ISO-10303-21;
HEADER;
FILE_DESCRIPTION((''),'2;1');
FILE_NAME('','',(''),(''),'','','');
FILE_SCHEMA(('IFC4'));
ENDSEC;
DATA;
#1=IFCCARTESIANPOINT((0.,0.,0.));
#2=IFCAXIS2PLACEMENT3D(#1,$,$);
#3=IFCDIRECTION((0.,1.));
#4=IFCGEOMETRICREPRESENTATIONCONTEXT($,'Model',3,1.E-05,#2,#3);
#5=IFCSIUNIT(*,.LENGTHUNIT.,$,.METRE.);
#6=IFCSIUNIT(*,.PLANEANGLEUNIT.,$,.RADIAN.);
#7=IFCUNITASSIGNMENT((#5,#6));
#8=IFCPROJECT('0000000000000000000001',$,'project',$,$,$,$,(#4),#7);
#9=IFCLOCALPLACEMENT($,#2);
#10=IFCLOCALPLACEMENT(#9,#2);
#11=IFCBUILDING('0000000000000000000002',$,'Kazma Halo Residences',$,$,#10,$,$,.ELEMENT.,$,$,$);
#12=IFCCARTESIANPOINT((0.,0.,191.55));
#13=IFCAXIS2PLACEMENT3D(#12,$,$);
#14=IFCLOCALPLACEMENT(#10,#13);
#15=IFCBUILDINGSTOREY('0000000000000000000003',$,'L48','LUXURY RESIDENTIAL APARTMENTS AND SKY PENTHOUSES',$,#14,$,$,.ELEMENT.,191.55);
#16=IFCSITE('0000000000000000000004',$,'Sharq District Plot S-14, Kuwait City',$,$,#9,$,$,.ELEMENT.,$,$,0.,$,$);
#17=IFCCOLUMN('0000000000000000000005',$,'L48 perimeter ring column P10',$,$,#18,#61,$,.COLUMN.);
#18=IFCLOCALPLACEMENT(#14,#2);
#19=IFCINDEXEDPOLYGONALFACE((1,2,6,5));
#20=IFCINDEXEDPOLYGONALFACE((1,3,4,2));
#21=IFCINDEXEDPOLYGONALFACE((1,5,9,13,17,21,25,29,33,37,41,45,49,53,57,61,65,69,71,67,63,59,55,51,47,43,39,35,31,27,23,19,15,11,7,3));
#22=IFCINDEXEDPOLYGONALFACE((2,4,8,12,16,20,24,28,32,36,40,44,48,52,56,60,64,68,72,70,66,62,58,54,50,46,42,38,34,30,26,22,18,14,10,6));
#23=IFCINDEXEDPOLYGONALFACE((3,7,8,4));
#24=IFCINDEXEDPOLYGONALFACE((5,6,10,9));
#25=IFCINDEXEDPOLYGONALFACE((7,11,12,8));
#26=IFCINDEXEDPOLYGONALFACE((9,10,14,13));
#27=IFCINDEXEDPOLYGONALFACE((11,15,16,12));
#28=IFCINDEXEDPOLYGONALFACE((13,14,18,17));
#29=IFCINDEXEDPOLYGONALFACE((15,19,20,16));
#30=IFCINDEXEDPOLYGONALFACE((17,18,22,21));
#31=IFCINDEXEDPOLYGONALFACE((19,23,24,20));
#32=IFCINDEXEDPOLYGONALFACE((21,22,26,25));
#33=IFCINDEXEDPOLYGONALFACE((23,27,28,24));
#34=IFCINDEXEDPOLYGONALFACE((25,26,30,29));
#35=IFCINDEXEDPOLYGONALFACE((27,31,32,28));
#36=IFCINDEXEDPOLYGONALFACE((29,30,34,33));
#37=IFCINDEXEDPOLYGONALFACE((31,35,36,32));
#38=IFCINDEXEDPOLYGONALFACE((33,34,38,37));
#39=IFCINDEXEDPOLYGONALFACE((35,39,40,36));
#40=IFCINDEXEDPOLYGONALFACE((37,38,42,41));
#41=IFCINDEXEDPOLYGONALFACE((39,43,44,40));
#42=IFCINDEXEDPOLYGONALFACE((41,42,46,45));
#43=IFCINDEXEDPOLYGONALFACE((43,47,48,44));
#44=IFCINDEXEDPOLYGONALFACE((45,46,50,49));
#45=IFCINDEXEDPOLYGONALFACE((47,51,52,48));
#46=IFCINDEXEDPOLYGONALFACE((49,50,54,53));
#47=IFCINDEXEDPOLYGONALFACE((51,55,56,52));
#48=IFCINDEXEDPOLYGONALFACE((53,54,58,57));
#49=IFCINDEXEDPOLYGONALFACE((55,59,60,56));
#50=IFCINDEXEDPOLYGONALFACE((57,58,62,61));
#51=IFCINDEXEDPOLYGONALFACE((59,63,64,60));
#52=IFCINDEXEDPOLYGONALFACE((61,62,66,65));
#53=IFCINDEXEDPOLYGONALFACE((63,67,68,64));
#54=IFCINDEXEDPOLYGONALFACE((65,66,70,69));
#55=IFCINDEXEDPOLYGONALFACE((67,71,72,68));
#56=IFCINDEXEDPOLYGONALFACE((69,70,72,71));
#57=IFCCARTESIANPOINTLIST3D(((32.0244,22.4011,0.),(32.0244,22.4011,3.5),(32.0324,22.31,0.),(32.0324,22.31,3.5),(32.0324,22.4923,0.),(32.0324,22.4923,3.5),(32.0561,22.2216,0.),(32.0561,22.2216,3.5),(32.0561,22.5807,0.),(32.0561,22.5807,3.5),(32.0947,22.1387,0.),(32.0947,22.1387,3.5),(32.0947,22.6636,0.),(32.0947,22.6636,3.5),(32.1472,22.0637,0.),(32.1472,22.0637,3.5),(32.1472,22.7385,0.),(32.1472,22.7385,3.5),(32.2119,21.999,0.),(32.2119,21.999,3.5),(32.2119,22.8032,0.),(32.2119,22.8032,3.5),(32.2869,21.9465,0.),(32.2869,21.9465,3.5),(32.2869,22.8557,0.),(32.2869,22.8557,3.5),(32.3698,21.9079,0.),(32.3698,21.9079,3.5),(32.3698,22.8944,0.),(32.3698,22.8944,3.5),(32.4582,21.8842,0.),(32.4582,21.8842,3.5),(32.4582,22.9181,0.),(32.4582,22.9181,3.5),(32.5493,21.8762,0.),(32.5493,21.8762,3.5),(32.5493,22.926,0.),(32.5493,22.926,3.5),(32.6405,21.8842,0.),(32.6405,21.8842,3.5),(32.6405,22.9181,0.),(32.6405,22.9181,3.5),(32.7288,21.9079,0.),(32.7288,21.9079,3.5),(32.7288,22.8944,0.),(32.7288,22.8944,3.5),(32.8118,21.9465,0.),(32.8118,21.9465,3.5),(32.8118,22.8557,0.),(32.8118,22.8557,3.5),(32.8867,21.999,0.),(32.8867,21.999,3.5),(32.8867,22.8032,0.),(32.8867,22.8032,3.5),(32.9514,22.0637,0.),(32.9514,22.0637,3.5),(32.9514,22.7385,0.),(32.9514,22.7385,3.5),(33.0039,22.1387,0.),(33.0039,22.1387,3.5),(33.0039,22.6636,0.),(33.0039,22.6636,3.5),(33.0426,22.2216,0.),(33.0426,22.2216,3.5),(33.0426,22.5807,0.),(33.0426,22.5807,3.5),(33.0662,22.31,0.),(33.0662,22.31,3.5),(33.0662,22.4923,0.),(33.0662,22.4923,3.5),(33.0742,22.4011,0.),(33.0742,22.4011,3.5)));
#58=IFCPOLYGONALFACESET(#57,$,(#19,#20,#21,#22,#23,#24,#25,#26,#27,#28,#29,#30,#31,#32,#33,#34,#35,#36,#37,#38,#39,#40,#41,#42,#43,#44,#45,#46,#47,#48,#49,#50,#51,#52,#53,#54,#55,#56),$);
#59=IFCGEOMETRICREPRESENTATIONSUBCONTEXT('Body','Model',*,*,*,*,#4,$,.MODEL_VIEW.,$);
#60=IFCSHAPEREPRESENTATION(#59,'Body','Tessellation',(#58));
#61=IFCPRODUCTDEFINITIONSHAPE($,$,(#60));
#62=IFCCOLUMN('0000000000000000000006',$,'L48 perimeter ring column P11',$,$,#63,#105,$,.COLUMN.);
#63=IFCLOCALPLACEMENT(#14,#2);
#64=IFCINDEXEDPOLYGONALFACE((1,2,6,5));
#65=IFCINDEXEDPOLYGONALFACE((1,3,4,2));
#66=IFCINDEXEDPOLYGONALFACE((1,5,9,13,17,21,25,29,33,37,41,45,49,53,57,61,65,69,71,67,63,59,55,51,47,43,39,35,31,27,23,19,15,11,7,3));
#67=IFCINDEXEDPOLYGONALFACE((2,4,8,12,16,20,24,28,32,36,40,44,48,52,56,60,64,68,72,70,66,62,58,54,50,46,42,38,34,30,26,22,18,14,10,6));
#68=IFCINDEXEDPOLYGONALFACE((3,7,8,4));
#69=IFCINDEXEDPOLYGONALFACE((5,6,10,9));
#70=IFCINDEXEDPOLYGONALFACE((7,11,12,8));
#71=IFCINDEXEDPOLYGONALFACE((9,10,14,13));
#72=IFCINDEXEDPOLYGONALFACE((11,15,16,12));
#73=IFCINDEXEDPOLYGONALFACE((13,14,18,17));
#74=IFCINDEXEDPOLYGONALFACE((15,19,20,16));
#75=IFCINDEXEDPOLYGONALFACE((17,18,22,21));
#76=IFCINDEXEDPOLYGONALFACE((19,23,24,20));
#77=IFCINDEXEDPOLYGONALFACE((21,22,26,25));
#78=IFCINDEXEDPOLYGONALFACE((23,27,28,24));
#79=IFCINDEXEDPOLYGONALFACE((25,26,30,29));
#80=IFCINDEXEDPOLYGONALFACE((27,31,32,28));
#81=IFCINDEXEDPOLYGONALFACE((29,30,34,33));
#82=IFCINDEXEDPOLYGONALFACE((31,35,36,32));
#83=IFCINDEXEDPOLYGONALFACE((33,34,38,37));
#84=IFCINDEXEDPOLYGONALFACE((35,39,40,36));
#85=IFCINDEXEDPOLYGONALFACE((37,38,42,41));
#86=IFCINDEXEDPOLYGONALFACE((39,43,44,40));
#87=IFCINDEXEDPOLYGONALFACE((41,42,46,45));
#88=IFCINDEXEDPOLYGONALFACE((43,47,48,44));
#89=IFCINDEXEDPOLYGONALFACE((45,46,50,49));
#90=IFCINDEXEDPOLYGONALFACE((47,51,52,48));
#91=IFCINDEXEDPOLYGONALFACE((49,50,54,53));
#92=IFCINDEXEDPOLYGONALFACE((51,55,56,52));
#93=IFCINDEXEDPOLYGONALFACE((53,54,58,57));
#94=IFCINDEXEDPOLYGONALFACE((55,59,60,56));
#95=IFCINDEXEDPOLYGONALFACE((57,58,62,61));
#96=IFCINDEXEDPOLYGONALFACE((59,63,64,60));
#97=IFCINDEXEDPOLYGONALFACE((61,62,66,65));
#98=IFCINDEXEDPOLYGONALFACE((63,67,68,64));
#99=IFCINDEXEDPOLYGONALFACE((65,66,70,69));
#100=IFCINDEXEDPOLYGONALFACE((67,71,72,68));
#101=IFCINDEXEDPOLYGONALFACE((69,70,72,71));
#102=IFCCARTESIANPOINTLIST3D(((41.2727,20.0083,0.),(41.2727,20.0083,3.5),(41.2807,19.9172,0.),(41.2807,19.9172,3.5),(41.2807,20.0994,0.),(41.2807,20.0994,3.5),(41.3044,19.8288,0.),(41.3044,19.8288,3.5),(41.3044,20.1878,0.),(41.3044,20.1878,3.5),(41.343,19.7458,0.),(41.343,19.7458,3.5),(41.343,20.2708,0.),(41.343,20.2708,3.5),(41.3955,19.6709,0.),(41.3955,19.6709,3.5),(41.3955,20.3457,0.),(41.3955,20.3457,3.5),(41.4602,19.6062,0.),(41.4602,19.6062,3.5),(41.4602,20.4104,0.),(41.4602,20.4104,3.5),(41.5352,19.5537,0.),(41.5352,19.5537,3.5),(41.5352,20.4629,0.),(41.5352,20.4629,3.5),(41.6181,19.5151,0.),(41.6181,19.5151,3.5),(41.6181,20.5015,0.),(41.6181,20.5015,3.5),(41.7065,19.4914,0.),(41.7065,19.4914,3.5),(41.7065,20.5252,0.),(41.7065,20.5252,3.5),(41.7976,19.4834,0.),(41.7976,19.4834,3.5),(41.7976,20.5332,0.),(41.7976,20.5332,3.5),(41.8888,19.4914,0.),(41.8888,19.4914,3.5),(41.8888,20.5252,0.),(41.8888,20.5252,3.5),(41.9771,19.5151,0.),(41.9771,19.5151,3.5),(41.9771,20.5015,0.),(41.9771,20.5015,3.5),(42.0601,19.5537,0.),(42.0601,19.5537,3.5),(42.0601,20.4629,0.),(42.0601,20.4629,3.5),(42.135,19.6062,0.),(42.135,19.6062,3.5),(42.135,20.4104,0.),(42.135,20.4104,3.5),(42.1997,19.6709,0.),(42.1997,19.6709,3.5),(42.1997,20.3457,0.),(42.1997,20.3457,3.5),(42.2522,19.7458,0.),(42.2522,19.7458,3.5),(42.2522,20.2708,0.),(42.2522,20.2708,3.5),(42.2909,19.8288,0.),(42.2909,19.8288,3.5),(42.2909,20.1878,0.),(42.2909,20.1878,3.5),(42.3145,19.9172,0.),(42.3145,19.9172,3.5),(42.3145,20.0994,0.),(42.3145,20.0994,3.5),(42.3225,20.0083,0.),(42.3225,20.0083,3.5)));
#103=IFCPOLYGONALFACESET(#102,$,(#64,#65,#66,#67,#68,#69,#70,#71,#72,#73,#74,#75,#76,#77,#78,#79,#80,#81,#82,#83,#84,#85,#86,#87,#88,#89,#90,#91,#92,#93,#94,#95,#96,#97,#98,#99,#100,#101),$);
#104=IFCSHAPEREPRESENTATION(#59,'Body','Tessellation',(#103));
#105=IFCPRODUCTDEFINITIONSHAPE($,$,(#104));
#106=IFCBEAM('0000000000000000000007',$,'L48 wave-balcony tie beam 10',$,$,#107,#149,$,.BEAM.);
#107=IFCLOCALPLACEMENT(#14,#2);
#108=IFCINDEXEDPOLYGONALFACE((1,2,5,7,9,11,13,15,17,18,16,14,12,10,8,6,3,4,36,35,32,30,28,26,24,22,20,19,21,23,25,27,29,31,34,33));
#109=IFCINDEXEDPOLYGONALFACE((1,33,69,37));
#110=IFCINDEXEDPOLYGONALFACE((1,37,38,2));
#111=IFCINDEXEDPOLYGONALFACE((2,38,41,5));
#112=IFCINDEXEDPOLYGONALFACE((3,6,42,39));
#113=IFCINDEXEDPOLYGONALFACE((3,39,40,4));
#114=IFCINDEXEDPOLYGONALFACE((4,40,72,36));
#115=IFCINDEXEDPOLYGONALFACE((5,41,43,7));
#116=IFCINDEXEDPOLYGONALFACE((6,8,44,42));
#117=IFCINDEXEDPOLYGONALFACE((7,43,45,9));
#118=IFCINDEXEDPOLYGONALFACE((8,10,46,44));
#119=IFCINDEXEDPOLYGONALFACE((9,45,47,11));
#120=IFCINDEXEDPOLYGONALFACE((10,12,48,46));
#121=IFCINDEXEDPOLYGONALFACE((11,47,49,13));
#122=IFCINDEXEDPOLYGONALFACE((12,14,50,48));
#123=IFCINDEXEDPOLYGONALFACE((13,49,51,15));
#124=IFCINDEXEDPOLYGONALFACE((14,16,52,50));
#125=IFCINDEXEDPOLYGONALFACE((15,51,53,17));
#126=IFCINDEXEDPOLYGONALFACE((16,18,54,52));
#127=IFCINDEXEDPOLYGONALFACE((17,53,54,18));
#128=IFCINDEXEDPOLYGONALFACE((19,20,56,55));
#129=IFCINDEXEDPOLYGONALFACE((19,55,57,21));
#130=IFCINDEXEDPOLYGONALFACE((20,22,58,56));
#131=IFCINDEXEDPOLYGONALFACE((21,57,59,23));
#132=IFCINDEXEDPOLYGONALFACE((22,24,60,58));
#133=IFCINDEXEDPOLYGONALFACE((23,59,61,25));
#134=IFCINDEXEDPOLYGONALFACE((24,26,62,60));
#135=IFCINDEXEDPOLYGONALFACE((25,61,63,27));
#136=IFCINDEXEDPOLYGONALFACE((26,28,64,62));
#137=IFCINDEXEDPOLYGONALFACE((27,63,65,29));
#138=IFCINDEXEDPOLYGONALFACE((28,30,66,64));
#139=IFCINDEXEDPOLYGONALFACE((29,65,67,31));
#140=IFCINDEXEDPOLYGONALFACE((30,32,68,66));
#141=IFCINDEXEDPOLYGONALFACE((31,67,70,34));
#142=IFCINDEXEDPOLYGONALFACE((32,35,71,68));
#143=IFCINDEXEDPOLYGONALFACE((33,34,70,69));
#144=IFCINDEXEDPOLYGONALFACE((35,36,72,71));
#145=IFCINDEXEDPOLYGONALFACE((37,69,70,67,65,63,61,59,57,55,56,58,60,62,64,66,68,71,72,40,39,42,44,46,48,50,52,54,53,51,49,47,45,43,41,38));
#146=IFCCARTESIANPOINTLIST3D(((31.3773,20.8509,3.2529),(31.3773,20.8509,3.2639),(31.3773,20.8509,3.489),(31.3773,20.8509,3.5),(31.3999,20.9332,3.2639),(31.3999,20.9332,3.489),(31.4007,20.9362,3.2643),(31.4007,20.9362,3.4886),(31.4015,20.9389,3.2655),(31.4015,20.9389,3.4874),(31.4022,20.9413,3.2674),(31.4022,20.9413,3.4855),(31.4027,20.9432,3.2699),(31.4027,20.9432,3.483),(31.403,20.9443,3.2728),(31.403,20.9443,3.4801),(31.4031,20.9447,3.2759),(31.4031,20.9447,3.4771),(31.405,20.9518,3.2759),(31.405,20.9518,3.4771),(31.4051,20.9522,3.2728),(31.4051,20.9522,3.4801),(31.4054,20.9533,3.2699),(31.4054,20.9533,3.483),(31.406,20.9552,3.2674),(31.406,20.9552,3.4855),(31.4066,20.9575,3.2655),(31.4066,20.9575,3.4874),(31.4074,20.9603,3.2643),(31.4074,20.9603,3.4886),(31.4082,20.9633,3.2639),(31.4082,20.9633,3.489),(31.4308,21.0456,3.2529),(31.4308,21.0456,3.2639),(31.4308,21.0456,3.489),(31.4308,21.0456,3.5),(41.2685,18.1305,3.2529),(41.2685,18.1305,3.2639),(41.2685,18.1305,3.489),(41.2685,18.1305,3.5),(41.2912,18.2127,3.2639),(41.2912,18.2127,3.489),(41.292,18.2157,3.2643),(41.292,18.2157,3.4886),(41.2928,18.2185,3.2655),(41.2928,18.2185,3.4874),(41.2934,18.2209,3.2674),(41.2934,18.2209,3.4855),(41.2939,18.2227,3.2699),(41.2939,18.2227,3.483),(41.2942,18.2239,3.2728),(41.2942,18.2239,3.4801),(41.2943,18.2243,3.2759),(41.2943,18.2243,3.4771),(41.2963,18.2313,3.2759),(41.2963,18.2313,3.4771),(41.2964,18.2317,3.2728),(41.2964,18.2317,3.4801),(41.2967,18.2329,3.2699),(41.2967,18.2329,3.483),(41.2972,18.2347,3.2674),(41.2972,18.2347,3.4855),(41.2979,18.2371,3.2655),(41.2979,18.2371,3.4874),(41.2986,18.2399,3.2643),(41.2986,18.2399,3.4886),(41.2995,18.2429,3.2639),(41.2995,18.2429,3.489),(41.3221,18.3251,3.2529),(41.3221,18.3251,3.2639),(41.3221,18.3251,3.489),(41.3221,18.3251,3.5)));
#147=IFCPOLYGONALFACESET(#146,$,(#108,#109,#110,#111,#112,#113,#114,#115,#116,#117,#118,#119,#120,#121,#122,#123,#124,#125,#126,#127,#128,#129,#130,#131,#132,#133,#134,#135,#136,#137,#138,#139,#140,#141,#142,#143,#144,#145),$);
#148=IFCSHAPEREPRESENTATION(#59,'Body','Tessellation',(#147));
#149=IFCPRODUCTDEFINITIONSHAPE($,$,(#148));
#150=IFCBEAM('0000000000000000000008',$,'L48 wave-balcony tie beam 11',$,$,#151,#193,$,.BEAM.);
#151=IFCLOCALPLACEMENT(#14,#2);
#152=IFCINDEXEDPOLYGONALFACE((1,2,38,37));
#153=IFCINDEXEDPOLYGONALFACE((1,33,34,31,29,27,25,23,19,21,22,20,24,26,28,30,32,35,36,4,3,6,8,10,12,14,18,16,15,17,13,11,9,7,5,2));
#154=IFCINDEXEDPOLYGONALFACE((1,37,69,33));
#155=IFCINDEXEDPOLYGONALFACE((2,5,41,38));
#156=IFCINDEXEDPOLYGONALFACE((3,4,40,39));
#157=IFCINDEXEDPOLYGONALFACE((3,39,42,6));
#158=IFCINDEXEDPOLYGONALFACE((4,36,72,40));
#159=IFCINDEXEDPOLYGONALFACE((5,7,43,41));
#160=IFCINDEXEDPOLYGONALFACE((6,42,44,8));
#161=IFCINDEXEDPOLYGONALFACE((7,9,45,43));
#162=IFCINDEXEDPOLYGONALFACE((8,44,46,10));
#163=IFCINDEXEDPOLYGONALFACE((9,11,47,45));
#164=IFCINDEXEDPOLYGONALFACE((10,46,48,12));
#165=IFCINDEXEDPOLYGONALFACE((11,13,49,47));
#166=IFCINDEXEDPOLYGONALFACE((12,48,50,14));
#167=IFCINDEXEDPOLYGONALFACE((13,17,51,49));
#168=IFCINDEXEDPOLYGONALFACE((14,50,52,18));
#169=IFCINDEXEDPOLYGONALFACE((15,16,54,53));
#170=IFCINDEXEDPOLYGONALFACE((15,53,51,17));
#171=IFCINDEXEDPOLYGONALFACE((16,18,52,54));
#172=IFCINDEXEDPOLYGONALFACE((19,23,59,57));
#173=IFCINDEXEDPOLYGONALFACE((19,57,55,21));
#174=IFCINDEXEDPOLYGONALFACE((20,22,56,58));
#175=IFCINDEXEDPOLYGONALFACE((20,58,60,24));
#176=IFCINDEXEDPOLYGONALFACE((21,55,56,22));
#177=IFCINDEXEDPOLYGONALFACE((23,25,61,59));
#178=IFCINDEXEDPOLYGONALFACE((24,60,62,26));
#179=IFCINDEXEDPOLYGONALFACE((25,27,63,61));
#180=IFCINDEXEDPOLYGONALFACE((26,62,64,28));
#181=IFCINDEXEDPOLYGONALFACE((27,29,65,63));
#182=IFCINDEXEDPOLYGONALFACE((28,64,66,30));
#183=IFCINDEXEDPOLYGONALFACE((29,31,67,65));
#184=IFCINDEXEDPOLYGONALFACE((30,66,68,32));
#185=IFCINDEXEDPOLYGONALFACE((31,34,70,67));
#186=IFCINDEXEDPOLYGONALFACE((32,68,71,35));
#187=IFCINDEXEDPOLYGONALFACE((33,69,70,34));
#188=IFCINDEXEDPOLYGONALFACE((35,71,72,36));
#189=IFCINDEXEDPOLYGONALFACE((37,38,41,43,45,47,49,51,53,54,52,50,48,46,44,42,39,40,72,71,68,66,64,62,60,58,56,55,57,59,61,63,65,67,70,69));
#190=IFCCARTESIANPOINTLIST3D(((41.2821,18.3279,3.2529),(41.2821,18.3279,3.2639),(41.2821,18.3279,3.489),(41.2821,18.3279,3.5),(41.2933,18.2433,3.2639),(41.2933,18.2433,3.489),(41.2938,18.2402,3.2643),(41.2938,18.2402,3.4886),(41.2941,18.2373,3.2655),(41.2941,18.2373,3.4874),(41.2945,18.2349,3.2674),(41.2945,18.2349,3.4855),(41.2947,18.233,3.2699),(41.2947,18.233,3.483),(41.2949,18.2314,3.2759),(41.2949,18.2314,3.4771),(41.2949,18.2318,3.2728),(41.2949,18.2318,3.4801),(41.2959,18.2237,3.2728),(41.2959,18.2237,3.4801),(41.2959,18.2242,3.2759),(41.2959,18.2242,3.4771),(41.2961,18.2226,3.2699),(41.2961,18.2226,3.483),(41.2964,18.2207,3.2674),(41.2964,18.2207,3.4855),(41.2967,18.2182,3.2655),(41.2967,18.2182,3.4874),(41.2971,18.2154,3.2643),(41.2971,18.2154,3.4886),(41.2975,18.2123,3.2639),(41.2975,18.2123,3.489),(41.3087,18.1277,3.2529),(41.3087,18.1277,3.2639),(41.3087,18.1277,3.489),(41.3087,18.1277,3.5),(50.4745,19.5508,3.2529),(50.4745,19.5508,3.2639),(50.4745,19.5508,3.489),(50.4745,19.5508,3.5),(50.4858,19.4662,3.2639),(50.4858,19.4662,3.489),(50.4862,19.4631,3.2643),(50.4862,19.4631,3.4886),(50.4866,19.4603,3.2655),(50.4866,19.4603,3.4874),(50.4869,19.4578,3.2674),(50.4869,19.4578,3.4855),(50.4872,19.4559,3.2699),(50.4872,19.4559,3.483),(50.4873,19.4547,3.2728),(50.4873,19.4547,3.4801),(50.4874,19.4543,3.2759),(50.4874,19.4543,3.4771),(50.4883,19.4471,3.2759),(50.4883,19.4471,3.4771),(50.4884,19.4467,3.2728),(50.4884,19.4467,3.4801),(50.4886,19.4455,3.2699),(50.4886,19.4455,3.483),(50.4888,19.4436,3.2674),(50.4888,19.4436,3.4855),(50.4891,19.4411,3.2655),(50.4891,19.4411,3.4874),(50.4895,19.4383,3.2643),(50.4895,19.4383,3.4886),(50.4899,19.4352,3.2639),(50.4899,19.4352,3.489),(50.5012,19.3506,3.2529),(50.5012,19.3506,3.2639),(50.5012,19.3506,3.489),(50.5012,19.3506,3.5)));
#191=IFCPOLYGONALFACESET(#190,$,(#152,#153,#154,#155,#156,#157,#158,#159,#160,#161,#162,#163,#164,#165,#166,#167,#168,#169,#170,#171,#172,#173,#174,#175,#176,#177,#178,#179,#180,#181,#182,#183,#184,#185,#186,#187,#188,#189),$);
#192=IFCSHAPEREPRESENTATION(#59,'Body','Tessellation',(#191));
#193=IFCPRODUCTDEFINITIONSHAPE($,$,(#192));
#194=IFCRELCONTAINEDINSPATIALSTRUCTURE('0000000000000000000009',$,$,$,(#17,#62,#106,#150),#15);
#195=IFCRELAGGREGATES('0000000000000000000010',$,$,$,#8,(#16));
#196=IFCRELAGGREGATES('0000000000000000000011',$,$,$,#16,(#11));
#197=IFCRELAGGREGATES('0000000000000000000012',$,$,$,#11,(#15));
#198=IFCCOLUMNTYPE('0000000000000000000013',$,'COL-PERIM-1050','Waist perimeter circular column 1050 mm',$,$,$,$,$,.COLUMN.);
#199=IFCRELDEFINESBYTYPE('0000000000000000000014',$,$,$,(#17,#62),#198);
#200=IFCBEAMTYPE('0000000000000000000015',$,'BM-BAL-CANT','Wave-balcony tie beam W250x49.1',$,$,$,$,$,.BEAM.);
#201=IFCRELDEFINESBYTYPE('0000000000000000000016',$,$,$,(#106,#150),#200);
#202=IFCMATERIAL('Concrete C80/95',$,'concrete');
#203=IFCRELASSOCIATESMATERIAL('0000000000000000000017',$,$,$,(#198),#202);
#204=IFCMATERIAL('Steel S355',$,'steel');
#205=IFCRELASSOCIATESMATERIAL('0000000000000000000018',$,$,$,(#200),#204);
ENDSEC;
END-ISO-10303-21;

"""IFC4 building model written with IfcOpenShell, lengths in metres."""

from ifc_helpers import new_model, si_unit, direction, frame, origin, origin_2d, place, context, subcontext, project, spatial, circle, i_section, extrude, material, material_profile, profile_set, type_object, element, save


model = new_model("IFC4")

# Units and contexts
model_context = context("Model", 3, precision=1e-05, world=origin(), true_north=direction((0.0, 1.0)))
body_context = subcontext(model_context, "Body", "Model", "MODEL_VIEW")
ifc_project = project(units=[si_unit("LENGTHUNIT", "METRE"), si_unit("PLANEANGLEUNIT", "RADIAN")], contexts=[model_context])

# Site, building, storey
site_placement = place(None, origin())
site = spatial("IfcSite", under=ifc_project, at=site_placement, Name="Sharq District Plot S-14, Kuwait City", CompositionType="ELEMENT", RefElevation=0.0)
building_placement = place(site_placement, origin())
building = spatial("IfcBuilding", under=site, at=building_placement, Name="Kazma Halo Residences", CompositionType="ELEMENT")
storey_placement = place(building_placement, frame((0.0, 0.0, 191.55)))
storey = spatial("IfcBuildingStorey", under=building, at=storey_placement, Name="L48", Description="LUXURY RESIDENTIAL APARTMENTS AND SKY PENTHOUSES", CompositionType="ELEMENT", Elevation=191.55)

# Columns
ifc_material_1 = material(Name="Concrete C80/95", Category="concrete")
ifc_material_profile_1 = material_profile(ifc_material_1, circle(Radius=0.5249, at=origin_2d()), Name="CIRC1050")
ifc_profile_set_1 = profile_set([ifc_material_profile_1], Name="Concrete C80/95")
column_type = type_object("IfcColumnType", Name="COL-PERIM-1050", Description="Waist perimeter circular column 1050 mm", PredefinedType="COLUMN", material=ifc_profile_set_1)
for number, where, z_axis, x_axis, name in (
    (1, (32.5493, 22.4011, 0.0), (0.0, 0.0, 1.0), (1.0, 0.0, 0.0), "L48 perimeter ring column P10"),
    (2, (41.7976, 20.0083, 0.0), (0.0, 0.0, 1.0), (1.0, 0.0, 0.0), "L48 perimeter ring column P11"),
):
    element("IfcColumn", number, at=place(storey_placement, frame(where, z_axis=z_axis, x_axis=x_axis)), inside=storey, type_object=column_type, Name=name, PredefinedType="COLUMN", context=body_context, shape_type="SweptSolid", body=[
        extrude(circle(Radius=0.5249, at=origin_2d()), origin(), (0.0, 0.0, 1.0), 3.5),
    ])

# Beams
ifc_material_2 = material(Name="Steel S355", Category="steel")
ifc_material_profile_2 = material_profile(ifc_material_2, i_section(OverallWidth=0.2019, OverallDepth=0.2471, WebThickness=0.0073, FlangeThickness=0.011, FilletRadius=0.012, at=origin_2d()), Name="W250x49.1")
ifc_profile_set_2 = profile_set([ifc_material_profile_2], Name="Steel S355")
beam_type_1 = type_object("IfcBeamType", Name="BM-BAL-CANT", Description="Wave-balcony tie beam W250x49.1", PredefinedType="BEAM", material=ifc_profile_set_2)
beam_1_placement = place(storey_placement, frame((31.4041, 20.9482, 3.3765), z_axis=(0.964197, -0.265187, 0.0), x_axis=(0.265187, 0.964197, 0.0)))
element("IfcBeam", 3, at=beam_1_placement, inside=storey, type_object=beam_type_1, Name="L48 wave-balcony tie beam 10", PredefinedType="BEAM", context=body_context, shape_type="SweptSolid", body=[
    extrude(i_section(OverallWidth=0.2019, OverallDepth=0.2471, WebThickness=0.0073, FlangeThickness=0.011, FilletRadius=0.012, at=origin_2d()), origin(), (0.0, 0.0, 1.0), 10.2585),
])
beam_2_placement = place(storey_placement, frame((41.2954, 18.2278, 3.3765), z_axis=(0.991267, 0.131872, 0.0), x_axis=(-0.131872, 0.991267, 0.0)))
element("IfcBeam", 4, at=beam_2_placement, inside=storey, type_object=beam_type_1, Name="L48 wave-balcony tie beam 11", PredefinedType="BEAM", context=body_context, shape_type="SweptSolid", body=[
    extrude(i_section(OverallWidth=0.2019, OverallDepth=0.2471, WebThickness=0.0073, FlangeThickness=0.011, FilletRadius=0.012, at=origin_2d()), origin(), (0.0, 0.0, 1.0), 9.2734),
])

save(model, "model.ifc")
